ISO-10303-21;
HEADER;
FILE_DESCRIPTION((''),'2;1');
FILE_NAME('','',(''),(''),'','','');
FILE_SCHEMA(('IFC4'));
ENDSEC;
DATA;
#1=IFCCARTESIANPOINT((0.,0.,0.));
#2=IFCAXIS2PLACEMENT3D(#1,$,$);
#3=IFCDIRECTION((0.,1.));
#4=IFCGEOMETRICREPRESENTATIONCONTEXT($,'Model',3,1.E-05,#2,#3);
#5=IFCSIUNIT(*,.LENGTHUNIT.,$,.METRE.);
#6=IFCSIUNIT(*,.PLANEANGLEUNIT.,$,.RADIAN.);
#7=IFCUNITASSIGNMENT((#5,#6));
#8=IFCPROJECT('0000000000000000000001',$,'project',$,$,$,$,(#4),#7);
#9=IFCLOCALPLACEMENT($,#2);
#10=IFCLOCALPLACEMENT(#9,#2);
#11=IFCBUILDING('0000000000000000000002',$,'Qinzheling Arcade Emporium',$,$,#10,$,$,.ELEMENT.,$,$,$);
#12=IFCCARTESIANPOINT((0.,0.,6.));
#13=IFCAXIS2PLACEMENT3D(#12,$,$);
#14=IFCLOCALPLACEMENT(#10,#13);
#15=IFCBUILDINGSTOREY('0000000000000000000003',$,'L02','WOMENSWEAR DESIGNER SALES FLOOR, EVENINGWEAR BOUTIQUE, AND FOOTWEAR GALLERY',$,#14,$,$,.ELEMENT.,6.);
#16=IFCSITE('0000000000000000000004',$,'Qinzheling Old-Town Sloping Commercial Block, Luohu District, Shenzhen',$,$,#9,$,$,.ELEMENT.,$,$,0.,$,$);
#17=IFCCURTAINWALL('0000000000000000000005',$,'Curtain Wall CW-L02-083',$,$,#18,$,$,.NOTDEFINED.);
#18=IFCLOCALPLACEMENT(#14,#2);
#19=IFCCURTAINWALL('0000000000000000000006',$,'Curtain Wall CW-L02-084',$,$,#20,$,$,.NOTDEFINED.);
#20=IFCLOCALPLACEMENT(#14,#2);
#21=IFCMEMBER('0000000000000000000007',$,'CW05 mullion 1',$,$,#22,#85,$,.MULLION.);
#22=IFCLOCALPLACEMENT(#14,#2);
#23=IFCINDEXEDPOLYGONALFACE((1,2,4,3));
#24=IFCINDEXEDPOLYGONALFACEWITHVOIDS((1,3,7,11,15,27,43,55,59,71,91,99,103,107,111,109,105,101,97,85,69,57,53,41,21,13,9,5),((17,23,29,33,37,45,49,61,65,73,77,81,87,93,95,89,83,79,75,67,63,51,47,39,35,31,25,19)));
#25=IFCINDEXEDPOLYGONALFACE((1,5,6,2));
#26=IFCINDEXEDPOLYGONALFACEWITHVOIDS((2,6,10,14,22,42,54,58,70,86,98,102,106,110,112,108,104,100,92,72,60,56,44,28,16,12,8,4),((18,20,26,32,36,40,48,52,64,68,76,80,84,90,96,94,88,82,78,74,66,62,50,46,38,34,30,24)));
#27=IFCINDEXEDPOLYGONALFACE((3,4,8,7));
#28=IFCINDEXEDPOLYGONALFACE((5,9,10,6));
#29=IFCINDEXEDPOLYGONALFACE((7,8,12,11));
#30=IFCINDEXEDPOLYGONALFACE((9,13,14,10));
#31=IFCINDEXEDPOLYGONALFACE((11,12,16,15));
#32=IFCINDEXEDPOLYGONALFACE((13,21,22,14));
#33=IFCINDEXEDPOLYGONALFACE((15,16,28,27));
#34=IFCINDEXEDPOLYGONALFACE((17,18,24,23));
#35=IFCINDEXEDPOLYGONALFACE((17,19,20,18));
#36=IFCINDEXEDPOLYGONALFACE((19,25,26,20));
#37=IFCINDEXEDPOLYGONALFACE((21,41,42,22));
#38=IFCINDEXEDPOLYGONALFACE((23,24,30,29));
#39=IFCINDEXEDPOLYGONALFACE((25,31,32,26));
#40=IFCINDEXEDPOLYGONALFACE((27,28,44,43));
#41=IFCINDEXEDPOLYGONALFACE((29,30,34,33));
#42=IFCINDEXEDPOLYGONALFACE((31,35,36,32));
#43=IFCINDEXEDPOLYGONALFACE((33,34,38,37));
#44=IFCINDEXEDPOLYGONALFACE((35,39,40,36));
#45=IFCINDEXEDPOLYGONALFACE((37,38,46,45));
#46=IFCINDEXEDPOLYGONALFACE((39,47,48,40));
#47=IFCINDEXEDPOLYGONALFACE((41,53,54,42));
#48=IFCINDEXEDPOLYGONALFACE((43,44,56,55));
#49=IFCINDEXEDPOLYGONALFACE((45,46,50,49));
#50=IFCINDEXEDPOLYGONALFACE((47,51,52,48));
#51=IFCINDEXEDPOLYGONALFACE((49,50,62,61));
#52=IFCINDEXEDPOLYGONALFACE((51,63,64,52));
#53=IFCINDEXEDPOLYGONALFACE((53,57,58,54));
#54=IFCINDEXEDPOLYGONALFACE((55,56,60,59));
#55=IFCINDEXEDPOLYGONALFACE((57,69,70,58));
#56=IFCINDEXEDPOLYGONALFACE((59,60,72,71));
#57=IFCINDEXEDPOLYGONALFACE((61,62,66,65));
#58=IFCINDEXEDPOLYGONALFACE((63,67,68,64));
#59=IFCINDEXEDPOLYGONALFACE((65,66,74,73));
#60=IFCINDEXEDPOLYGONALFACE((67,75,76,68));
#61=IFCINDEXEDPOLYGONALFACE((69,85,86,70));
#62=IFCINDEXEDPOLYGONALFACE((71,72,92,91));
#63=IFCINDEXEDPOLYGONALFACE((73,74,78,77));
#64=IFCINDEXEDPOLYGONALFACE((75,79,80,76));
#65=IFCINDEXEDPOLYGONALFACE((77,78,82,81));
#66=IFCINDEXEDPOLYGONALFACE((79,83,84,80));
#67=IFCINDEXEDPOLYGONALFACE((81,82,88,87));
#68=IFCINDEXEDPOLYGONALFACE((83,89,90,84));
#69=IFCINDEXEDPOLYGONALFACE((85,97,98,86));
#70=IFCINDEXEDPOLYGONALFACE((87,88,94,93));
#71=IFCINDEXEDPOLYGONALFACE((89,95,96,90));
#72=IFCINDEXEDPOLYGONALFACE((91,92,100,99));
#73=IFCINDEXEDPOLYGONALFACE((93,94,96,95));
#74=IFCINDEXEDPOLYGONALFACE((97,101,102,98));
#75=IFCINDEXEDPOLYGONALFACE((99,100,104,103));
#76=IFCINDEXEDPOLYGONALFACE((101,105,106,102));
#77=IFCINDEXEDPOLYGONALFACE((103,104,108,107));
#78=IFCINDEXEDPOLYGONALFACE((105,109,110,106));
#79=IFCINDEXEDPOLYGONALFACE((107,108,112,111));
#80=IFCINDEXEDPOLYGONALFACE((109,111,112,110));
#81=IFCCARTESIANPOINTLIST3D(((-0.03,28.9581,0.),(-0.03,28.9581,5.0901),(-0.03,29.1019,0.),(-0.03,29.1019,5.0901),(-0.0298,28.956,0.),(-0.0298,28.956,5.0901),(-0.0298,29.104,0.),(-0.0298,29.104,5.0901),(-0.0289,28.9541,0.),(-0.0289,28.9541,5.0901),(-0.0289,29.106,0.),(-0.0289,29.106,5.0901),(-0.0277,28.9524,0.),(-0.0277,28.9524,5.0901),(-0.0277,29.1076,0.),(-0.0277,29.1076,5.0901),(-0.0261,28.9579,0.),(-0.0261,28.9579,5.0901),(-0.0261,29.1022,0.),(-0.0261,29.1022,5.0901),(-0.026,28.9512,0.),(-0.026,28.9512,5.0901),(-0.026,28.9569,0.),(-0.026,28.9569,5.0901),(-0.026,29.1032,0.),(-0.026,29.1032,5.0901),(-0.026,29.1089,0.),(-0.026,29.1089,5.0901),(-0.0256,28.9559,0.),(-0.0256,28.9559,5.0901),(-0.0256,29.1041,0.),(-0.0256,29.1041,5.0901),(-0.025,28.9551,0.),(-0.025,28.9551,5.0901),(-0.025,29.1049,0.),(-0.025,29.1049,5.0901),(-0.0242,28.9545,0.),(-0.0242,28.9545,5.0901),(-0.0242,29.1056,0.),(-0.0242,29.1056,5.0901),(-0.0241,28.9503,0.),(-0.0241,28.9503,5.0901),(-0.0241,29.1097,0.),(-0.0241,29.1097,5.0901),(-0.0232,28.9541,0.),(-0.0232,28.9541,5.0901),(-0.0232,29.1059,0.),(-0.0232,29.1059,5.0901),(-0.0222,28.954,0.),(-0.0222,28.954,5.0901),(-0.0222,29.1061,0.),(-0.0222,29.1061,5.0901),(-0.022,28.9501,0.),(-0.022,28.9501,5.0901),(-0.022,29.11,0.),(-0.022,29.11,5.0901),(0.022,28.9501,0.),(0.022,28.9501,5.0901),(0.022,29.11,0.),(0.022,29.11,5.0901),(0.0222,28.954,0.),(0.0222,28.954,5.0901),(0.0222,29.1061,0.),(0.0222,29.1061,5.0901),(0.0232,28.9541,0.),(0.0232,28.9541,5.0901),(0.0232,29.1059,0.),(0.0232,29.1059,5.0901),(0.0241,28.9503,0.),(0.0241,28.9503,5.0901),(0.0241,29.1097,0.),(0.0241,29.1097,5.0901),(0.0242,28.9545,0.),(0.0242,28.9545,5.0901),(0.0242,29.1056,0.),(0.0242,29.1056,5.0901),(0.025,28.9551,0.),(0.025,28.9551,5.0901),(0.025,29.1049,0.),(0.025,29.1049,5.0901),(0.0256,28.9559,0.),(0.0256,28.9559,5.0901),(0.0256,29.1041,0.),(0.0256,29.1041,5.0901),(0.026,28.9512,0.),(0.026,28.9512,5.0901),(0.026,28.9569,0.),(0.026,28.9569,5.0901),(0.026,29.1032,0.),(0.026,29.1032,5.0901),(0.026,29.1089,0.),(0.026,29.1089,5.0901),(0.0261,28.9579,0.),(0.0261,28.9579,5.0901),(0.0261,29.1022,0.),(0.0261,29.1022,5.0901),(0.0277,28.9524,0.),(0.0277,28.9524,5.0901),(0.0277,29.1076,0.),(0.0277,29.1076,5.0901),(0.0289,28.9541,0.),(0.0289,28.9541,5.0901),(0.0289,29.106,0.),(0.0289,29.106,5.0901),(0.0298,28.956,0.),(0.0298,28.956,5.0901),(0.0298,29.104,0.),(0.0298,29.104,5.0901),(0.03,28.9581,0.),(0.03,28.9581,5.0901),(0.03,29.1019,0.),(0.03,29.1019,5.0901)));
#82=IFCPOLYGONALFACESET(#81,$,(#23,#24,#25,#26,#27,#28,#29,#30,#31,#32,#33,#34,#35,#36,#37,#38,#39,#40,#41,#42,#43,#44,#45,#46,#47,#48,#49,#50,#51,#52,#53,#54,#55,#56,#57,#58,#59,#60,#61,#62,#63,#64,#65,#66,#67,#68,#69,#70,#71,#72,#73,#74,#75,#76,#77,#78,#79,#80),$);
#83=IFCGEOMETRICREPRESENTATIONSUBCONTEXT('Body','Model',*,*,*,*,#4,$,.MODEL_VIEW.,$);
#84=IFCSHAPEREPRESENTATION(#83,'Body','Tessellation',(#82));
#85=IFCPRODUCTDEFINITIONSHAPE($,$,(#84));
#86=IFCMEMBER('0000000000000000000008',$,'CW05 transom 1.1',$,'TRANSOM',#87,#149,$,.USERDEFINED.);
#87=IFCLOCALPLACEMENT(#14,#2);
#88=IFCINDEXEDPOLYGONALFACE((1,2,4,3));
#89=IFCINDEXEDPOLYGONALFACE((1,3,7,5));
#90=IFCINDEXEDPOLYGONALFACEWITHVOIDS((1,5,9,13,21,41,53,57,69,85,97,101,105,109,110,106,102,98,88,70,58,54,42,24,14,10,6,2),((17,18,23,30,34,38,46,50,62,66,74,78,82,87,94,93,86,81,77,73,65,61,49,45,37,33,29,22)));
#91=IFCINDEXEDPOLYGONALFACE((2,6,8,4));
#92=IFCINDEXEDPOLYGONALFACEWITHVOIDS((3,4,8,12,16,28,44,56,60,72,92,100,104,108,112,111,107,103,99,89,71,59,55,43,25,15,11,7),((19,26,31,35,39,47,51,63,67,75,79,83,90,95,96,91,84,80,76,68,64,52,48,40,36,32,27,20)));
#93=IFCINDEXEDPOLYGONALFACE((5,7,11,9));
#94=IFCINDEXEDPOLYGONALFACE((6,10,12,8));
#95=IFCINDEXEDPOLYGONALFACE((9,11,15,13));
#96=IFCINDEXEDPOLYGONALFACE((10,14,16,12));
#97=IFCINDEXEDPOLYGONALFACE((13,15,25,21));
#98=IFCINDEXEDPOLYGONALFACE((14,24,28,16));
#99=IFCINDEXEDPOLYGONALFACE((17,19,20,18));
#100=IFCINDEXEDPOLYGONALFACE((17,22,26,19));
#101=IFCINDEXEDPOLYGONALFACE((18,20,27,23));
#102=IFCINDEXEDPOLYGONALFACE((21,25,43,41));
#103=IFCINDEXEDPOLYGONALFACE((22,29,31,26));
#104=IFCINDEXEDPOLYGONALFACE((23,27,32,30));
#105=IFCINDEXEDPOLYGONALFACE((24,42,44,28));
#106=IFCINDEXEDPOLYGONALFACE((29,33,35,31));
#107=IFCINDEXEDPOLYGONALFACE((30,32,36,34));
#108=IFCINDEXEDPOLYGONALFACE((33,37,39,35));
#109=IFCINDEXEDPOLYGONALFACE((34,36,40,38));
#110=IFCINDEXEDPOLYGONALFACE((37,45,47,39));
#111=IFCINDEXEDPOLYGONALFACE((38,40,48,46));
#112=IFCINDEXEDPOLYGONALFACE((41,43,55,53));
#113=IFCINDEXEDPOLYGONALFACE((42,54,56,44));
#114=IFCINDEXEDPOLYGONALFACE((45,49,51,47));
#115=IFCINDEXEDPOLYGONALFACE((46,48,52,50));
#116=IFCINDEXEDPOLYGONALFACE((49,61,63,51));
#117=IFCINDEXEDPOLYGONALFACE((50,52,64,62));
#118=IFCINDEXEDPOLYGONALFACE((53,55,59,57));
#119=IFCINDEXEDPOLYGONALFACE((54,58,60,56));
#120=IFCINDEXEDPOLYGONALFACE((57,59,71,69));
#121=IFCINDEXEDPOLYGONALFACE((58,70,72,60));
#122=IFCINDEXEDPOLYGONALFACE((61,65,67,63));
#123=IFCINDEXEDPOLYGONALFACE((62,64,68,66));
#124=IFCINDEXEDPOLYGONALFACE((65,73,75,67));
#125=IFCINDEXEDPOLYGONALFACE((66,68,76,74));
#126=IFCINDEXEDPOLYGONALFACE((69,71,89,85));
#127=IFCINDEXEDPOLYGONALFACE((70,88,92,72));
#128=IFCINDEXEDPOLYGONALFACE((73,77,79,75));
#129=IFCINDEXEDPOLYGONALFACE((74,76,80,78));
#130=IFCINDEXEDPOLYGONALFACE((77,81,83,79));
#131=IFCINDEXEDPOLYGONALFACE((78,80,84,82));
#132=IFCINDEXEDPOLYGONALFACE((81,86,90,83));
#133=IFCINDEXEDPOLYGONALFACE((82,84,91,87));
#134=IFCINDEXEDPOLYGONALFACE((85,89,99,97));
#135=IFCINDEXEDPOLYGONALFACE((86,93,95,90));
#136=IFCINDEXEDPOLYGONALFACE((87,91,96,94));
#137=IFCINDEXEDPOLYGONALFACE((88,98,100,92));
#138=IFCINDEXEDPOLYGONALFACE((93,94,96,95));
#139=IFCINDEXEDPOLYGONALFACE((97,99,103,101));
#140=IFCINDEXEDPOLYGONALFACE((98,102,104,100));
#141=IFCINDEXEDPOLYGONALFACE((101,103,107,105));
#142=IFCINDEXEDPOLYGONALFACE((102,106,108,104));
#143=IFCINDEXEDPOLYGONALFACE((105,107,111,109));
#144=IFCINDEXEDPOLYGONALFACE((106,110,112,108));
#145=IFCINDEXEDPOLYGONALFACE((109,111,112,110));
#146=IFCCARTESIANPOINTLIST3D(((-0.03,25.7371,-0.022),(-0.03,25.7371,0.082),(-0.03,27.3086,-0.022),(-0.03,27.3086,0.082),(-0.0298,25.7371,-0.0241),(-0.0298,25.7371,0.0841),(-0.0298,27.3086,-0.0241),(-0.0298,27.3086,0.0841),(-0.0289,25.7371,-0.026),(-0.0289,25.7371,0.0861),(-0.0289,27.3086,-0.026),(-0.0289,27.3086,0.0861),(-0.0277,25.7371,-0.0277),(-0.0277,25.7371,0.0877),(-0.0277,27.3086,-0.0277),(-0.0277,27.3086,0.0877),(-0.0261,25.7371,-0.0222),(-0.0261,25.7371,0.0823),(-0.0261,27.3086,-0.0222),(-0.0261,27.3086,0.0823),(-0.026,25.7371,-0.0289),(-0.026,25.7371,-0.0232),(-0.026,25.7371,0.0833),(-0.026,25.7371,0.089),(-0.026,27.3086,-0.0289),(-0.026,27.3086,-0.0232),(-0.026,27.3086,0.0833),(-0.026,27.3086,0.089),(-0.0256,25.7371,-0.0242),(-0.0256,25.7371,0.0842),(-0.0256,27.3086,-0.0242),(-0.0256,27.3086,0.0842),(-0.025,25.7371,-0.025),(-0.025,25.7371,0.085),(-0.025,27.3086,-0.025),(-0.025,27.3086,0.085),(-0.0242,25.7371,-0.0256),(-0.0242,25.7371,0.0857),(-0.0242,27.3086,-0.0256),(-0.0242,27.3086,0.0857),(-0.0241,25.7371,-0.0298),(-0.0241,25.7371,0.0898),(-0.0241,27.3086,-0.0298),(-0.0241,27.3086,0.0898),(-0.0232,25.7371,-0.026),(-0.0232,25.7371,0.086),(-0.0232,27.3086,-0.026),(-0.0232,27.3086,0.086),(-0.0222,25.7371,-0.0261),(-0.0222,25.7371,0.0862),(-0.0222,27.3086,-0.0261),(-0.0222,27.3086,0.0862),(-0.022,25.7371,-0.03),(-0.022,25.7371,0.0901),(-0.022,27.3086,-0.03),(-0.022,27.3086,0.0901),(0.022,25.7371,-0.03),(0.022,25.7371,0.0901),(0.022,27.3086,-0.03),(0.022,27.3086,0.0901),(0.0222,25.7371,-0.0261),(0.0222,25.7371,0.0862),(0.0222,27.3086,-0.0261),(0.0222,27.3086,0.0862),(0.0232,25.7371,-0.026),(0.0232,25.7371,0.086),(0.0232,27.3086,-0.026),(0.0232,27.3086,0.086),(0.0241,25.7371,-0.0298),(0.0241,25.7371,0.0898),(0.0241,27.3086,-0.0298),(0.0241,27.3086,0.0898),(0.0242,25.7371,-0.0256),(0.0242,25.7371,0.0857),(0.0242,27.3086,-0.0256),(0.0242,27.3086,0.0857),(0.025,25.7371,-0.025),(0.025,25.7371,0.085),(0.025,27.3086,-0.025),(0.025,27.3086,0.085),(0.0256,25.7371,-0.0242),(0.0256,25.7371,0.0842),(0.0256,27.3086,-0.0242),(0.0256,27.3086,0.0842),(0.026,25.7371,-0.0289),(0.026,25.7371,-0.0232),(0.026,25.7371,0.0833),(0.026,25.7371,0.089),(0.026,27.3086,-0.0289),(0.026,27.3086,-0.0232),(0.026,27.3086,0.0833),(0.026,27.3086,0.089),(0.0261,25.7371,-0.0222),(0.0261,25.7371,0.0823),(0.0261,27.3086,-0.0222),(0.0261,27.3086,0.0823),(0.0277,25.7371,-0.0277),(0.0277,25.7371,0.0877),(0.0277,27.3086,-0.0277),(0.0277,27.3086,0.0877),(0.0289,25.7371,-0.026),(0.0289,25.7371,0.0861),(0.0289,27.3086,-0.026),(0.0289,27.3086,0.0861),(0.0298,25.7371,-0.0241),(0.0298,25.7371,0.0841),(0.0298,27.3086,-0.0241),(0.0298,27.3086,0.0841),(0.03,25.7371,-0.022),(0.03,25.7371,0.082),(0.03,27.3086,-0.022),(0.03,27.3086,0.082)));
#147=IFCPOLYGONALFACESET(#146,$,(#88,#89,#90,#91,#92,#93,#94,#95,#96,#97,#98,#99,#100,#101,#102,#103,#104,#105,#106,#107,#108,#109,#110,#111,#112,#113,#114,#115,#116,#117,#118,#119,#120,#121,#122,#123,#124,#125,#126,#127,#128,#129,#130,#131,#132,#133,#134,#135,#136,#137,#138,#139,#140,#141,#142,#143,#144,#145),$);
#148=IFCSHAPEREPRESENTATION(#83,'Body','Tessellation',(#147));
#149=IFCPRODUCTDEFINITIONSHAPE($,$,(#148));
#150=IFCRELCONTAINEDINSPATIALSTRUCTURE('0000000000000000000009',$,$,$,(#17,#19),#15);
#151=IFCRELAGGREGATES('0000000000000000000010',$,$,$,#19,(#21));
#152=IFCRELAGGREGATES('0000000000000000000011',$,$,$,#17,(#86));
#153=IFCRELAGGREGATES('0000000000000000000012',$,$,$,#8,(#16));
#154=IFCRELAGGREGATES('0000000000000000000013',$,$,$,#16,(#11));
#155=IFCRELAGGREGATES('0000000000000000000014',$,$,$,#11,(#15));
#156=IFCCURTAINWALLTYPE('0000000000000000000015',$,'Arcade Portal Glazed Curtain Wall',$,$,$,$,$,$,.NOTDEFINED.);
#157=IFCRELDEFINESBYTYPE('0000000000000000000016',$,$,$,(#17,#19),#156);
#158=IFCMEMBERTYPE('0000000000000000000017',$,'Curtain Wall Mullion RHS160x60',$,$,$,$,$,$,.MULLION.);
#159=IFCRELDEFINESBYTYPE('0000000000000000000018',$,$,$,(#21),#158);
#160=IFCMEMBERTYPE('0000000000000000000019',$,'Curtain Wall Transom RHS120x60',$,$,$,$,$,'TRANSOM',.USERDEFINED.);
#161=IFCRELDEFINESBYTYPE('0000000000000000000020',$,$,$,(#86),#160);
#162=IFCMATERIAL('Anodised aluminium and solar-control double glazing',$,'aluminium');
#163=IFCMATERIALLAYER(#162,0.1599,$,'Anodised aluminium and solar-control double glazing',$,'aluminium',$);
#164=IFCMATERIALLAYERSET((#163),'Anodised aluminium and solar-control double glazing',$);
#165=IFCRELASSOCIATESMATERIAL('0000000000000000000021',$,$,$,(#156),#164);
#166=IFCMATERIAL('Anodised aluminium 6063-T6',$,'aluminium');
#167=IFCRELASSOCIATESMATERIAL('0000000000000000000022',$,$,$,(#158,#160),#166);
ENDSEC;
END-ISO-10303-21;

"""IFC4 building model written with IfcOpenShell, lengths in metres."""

from ifc_helpers import new_model, si_unit, direction, frame, origin, origin_2d, place, context, subcontext, project, spatial, hollow_rectangle, extrude, material, layer, layer_set, material_profile, profile_set, type_object, element, aggregate, save


model = new_model("IFC4")

# Units and contexts
model_context = context("Model", 3, precision=1e-05, world=origin(), true_north=direction((0.0, 1.0)))
body_context = subcontext(model_context, "Body", "Model", "MODEL_VIEW")
ifc_project = project(units=[si_unit("LENGTHUNIT", "METRE"), si_unit("PLANEANGLEUNIT", "RADIAN")], contexts=[model_context])

# Site, building, storey
site_placement = place(None, origin())
site = spatial("IfcSite", under=ifc_project, at=site_placement, Name="Qinzheling Old-Town Sloping Commercial Block, Luohu District, Shenzhen", CompositionType="ELEMENT", RefElevation=0.0)
building_placement = place(site_placement, origin())
building = spatial("IfcBuilding", under=site, at=building_placement, Name="Qinzheling Arcade Emporium", CompositionType="ELEMENT")
storey_placement = place(building_placement, frame((0.0, 0.0, 6.0)))
storey = spatial("IfcBuildingStorey", under=building, at=storey_placement, Name="L02", Description="WOMENSWEAR DESIGNER SALES FLOOR, EVENINGWEAR BOUTIQUE, AND FOOTWEAR GALLERY", CompositionType="ELEMENT", Elevation=6.0)

# Curtain wall
ifc_material_1 = material(Name="Anodised aluminium and solar-control double glazing", Category="aluminium")
ifc_layer_1 = layer(ifc_material_1, 0.1599, Name="Anodised aluminium and solar-control double glazing", Category="aluminium")
ifc_layer_set_1 = layer_set([ifc_layer_1], Name="Anodised aluminium and solar-control double glazing")
curtain_wall_type = type_object("IfcCurtainWallType", Name="Arcade Portal Glazed Curtain Wall", PredefinedType="NOTDEFINED", material=ifc_layer_set_1)
curtain_wall_1_placement = place(storey_placement, origin())
curtain_wall_1 = element("IfcCurtainWall", 1, at=curtain_wall_1_placement, inside=storey, type_object=curtain_wall_type, Name="Curtain Wall CW-L02-083", PredefinedType="NOTDEFINED")
ifc_material_2 = material(Name="Anodised aluminium 6063-T6", Category="aluminium")
ifc_material_profile_1 = material_profile(ifc_material_2, hollow_rectangle(XDim=0.0601, YDim=0.1599, WallThickness=0.0039, InnerFilletRadius=0.0039, OuterFilletRadius=0.0081, at=origin_2d()), Name="RHS 160x60x4", Category="aluminium")
ifc_profile_set_1 = profile_set([ifc_material_profile_1], Name="Anodised aluminium 6063-T6")
member_type_1 = type_object("IfcMemberType", Name="Curtain Wall Mullion RHS160x60", PredefinedType="MULLION", material=ifc_profile_set_1)

# Curtain wall, member
curtain_wall_2_placement = place(storey_placement, origin())
curtain_wall_2 = element("IfcCurtainWall", 2, at=curtain_wall_2_placement, inside=storey, type_object=curtain_wall_type, Name="Curtain Wall CW-L02-084", PredefinedType="NOTDEFINED")
member_1_placement = place(storey_placement, frame((0.0, 29.03, 0.0), z_axis=(0.0, 0.0, 1.0), x_axis=(-1.0, 0.0, 0.0)))
member_1 = element("IfcMember", 3, at=member_1_placement, type_object=member_type_1, Name="CW05 mullion 1", PredefinedType="MULLION", context=body_context, shape_type="SweptSolid", body=[
    extrude(hollow_rectangle(XDim=0.0601, YDim=0.1599, WallThickness=0.0039, InnerFilletRadius=0.0039, OuterFilletRadius=0.0081, at=origin_2d()), origin(), (0.0, 0.0, 1.0), 5.0901),
])

# Member
ifc_material_profile_2 = material_profile(ifc_material_2, hollow_rectangle(XDim=0.0601, YDim=0.1201, WallThickness=0.0039, InnerFilletRadius=0.0039, OuterFilletRadius=0.0081, at=origin_2d()), Name="RHS 120x60x4", Category="aluminium")
ifc_profile_set_2 = profile_set([ifc_material_profile_2], Name="Anodised aluminium 6063-T6")
member_type_2 = type_object("IfcMemberType", Name="Curtain Wall Transom RHS120x60", ElementType="TRANSOM", PredefinedType="USERDEFINED", material=ifc_profile_set_2)
member_2_placement = place(storey_placement, frame((0.0, 25.7371, 0.03), z_axis=(0.0, 1.0, 0.0), x_axis=(-1.0, 0.0, 0.0)))
member_2 = element("IfcMember", 4, at=member_2_placement, type_object=member_type_2, Name="CW05 transom 1.1", ObjectType="TRANSOM", PredefinedType="USERDEFINED", context=body_context, shape_type="SweptSolid", body=[
    extrude(hollow_rectangle(XDim=0.0601, YDim=0.1201, WallThickness=0.0039, InnerFilletRadius=0.0039, OuterFilletRadius=0.0081, at=origin_2d()), origin(), (0.0, 0.0, 1.0), 1.5715),
])
aggregate(curtain_wall_2, [member_1])

aggregate(curtain_wall_1, [member_2])

save(model, "model.ifc")
